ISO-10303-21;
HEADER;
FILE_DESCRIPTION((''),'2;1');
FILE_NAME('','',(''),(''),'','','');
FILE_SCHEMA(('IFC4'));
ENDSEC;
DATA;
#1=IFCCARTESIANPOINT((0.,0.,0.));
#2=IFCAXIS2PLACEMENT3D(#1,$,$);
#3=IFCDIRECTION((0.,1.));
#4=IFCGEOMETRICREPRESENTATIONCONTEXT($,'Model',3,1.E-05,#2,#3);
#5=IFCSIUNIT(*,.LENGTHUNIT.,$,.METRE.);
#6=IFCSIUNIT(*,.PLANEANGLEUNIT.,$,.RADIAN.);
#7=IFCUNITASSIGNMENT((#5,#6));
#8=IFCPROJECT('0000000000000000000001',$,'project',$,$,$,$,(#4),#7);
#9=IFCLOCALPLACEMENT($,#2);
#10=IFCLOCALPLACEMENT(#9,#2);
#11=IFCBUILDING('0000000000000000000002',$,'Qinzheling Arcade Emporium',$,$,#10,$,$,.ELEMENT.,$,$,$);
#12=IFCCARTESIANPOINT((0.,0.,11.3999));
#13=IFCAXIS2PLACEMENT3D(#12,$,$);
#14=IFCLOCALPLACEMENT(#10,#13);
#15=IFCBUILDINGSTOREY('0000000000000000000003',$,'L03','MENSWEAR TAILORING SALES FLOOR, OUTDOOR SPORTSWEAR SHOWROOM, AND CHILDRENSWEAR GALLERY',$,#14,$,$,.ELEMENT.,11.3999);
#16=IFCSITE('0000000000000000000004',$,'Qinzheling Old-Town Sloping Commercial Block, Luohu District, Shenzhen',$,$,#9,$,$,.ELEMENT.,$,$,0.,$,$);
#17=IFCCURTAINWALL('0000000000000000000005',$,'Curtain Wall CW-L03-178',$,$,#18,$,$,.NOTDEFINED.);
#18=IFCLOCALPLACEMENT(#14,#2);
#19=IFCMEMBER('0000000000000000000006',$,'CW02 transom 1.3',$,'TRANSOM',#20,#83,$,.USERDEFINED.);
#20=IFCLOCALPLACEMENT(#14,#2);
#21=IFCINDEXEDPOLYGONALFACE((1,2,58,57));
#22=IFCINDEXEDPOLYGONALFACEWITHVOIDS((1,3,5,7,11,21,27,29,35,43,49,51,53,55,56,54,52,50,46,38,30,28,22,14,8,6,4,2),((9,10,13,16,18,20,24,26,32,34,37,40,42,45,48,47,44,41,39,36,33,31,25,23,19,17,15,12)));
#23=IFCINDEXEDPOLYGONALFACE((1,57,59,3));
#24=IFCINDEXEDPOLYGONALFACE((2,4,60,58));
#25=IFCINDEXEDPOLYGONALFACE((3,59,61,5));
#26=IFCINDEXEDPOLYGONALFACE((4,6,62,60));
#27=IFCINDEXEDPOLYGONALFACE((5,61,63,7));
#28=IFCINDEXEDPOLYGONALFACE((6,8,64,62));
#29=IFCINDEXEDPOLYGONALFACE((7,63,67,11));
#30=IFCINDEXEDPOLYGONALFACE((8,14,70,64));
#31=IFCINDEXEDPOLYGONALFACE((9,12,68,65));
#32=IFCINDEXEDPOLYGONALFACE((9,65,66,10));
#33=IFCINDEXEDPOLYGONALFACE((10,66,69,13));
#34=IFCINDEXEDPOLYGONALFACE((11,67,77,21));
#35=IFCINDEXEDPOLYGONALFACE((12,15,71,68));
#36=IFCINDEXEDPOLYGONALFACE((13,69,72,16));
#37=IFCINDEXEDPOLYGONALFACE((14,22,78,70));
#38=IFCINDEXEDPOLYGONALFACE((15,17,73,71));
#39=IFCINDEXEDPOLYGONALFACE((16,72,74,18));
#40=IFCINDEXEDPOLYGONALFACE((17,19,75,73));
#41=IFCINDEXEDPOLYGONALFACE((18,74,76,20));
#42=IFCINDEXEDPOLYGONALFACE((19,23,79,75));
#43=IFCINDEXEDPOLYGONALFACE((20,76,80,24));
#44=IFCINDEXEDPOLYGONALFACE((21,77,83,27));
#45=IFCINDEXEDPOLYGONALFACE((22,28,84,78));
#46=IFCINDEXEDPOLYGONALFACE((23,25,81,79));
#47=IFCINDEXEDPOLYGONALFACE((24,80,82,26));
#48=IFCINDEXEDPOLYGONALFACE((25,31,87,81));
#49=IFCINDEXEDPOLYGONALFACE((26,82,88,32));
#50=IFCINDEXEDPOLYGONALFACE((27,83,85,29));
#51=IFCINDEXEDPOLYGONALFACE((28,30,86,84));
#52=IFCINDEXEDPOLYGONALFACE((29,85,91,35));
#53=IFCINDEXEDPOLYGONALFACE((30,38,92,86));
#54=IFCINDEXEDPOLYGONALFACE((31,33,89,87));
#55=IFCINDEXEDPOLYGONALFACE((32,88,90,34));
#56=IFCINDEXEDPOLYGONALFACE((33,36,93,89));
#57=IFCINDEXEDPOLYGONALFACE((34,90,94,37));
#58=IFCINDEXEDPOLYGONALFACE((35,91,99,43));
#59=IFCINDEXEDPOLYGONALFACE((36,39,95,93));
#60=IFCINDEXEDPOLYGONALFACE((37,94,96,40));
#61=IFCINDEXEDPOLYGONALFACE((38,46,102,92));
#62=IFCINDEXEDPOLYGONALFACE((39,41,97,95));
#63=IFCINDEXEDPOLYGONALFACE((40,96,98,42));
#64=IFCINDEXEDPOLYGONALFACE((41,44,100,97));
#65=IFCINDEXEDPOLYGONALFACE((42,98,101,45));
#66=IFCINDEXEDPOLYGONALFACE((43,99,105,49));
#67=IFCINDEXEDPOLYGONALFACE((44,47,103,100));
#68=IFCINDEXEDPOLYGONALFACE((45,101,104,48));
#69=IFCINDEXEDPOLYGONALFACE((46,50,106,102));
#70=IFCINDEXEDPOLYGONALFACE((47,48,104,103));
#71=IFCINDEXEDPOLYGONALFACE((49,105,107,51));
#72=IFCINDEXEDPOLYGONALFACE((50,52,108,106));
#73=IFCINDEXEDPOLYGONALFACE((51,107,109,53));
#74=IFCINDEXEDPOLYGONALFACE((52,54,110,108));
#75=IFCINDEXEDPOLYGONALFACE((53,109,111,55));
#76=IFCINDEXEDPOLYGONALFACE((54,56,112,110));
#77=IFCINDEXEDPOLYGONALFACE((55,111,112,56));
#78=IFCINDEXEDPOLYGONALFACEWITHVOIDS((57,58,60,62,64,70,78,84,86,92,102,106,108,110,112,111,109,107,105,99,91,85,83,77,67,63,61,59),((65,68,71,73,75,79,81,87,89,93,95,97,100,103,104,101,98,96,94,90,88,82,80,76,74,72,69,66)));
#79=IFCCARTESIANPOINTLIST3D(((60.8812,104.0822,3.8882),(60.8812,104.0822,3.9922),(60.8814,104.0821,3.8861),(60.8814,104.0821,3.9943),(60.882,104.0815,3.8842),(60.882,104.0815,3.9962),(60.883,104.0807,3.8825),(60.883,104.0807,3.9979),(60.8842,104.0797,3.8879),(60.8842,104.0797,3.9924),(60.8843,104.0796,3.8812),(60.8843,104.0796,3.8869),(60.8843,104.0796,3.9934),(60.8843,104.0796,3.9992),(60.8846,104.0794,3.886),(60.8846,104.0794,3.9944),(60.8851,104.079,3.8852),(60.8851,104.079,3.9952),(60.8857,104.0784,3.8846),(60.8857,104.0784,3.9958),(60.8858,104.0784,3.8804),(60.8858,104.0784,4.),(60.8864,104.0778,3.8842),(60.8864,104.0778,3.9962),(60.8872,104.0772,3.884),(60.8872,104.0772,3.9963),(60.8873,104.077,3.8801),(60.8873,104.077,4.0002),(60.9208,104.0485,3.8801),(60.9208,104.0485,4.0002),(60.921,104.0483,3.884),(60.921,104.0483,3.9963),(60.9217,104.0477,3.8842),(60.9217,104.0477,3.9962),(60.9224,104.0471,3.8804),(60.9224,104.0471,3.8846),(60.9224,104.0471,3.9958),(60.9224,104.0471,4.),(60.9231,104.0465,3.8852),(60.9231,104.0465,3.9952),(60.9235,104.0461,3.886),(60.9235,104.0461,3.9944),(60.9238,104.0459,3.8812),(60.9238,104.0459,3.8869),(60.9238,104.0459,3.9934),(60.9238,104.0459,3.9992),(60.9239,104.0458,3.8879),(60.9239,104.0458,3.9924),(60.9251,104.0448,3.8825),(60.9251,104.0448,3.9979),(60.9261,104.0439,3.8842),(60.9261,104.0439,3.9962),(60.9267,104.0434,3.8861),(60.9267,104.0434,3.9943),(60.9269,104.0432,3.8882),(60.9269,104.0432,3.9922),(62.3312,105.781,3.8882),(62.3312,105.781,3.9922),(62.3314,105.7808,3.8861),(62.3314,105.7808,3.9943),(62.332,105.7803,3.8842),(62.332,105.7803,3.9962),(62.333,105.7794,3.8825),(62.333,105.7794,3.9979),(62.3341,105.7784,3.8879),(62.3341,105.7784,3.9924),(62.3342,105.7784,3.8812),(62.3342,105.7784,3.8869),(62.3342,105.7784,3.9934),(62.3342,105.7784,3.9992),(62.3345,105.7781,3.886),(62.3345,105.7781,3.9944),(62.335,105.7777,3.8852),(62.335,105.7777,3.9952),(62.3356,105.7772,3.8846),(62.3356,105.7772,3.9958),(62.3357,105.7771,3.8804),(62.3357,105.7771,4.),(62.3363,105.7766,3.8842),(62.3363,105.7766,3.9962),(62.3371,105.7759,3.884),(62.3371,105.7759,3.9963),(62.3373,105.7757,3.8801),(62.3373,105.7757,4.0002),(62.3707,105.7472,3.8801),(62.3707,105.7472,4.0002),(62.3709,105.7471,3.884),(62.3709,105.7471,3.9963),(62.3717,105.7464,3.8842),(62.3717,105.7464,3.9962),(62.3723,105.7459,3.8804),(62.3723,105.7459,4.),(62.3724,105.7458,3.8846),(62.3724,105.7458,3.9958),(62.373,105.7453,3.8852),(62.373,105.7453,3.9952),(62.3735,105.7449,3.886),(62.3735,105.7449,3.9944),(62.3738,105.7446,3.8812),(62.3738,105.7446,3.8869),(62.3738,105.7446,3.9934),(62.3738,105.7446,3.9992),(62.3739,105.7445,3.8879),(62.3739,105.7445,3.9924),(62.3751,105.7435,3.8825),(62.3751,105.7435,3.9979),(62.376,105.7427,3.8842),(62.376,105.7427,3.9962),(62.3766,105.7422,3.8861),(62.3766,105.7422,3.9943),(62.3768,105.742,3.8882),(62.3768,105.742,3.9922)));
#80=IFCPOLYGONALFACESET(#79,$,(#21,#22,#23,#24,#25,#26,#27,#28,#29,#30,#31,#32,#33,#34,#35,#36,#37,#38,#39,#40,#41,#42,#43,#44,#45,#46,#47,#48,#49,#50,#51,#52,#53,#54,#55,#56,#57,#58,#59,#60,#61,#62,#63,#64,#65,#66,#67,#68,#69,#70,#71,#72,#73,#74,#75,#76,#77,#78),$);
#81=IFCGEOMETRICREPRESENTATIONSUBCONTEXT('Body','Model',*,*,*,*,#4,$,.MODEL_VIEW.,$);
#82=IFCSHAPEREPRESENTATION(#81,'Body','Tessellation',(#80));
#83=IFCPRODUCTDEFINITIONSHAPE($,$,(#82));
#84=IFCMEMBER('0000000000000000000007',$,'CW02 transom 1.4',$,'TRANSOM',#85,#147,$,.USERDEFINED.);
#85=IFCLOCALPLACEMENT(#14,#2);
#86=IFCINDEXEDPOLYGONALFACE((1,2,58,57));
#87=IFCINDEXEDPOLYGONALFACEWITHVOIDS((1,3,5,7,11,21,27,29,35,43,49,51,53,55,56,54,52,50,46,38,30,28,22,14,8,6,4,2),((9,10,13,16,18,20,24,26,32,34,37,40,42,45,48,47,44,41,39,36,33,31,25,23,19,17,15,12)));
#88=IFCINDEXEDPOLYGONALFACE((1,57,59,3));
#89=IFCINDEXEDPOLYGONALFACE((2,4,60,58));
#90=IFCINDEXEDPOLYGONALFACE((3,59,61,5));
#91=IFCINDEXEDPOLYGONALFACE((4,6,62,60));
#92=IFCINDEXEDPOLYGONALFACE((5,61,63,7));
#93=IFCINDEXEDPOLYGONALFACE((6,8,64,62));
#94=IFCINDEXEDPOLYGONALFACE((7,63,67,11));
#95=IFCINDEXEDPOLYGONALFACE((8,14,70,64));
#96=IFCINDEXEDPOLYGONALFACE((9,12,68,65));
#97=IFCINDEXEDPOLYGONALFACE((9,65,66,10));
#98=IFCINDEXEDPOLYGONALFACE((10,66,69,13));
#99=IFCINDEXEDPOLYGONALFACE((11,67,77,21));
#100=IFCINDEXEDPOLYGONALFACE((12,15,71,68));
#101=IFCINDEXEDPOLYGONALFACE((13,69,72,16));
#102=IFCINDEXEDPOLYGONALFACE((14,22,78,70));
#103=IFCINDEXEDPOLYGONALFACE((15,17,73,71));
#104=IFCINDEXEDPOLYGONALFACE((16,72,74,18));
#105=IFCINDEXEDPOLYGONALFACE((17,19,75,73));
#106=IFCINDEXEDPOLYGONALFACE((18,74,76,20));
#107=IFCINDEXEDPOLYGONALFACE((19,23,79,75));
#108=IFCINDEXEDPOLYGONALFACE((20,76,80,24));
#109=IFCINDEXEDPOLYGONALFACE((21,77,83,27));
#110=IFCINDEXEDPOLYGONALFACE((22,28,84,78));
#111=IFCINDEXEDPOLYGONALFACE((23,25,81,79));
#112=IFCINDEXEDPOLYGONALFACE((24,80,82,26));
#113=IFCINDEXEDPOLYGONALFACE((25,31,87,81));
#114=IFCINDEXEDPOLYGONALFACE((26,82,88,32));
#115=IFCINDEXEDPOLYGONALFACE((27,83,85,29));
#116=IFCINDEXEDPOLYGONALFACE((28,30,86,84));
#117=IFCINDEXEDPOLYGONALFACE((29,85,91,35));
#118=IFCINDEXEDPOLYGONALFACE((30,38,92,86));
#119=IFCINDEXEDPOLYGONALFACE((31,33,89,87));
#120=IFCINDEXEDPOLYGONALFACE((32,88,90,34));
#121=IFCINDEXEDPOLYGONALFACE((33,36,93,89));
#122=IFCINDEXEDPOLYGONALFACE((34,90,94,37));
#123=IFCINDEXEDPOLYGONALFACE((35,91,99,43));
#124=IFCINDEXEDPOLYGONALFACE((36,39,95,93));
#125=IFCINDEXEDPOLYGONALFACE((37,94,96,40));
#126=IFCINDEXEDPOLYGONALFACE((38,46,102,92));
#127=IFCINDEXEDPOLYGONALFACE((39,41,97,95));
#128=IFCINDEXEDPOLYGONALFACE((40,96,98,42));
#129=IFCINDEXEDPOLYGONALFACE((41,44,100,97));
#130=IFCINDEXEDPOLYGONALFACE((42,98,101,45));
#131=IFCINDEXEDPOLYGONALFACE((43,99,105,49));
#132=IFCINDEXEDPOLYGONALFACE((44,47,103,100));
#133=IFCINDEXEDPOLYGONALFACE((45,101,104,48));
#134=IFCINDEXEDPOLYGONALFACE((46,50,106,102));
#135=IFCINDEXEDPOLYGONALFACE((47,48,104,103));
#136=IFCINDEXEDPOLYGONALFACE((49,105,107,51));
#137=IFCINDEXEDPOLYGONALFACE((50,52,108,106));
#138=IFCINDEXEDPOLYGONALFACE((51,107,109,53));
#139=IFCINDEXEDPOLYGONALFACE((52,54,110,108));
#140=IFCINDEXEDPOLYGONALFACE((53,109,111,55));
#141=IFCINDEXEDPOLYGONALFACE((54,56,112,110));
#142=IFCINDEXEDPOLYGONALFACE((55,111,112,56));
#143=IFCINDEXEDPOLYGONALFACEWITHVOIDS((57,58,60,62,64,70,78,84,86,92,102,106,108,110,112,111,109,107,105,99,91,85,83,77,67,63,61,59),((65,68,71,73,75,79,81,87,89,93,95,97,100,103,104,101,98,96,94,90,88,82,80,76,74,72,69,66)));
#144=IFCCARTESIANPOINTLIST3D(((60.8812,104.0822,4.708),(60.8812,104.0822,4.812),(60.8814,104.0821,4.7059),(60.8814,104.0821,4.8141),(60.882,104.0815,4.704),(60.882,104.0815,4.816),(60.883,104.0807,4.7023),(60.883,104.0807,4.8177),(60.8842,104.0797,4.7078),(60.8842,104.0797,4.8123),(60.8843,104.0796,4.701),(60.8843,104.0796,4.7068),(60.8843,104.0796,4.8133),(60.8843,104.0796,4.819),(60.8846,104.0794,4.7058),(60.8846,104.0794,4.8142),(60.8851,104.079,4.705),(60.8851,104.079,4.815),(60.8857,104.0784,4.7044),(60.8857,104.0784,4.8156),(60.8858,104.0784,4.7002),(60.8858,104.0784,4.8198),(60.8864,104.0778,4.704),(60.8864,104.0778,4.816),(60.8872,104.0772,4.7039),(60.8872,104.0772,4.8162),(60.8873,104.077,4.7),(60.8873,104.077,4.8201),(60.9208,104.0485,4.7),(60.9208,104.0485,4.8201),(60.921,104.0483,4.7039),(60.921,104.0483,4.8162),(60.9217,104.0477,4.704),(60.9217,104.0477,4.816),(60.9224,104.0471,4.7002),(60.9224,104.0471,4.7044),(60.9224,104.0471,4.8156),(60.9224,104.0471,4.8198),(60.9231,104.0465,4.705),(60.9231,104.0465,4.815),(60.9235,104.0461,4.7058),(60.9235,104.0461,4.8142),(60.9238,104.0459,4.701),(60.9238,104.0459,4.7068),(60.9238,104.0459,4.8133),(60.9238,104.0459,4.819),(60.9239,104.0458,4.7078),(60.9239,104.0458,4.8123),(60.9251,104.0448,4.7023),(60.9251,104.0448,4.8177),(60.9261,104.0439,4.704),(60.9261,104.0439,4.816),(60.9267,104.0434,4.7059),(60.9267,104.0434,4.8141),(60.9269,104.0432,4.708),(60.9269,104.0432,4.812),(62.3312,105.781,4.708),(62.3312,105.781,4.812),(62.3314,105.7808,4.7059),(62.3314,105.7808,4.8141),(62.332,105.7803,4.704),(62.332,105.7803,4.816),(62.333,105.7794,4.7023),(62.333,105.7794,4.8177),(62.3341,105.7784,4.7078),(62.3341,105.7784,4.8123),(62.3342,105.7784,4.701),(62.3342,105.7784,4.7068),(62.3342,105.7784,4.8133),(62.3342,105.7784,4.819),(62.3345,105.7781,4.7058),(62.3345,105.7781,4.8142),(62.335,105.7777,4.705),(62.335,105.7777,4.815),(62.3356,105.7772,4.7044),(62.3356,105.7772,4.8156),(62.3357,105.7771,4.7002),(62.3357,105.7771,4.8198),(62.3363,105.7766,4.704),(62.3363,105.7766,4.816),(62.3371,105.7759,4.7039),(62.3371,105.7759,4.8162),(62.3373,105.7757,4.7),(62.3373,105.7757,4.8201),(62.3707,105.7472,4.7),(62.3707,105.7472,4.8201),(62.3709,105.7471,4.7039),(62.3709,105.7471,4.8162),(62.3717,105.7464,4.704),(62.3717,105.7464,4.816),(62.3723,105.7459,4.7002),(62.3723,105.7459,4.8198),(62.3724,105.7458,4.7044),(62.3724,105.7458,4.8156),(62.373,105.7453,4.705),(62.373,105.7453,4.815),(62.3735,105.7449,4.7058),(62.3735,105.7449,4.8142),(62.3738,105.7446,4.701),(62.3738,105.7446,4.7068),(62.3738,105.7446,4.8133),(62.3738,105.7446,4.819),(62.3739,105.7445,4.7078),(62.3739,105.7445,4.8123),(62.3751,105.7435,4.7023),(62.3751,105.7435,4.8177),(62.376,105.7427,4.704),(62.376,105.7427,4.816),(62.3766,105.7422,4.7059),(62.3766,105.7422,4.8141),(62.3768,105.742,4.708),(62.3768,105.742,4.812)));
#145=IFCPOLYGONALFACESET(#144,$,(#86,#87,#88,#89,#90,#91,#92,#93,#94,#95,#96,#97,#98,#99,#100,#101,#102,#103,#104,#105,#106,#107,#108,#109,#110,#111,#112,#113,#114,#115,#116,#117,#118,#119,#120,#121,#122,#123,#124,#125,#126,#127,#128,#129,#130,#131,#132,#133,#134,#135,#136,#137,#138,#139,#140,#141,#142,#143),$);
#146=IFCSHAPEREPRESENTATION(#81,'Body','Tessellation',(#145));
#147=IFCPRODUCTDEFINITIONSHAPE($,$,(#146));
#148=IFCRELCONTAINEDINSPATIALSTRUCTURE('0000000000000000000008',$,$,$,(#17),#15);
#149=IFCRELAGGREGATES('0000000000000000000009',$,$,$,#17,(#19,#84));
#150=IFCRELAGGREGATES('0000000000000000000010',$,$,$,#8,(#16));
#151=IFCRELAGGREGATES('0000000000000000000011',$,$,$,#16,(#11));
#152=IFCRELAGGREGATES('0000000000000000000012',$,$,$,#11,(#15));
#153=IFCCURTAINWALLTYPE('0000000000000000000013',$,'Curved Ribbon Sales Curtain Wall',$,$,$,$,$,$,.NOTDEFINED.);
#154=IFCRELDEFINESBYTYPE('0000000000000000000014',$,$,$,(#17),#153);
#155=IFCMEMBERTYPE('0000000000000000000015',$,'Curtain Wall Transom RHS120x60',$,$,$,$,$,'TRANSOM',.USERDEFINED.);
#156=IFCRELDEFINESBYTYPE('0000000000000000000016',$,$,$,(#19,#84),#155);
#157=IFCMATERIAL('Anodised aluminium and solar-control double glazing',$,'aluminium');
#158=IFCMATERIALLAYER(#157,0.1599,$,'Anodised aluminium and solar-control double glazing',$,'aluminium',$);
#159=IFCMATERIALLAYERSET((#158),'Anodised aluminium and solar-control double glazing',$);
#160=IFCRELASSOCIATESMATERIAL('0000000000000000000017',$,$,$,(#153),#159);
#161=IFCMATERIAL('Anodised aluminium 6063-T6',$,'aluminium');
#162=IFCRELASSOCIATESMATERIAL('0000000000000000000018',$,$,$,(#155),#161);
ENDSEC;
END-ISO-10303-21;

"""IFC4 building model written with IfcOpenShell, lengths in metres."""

from ifc_helpers import new_model, si_unit, direction, frame, origin, origin_2d, place, context, subcontext, project, spatial, hollow_rectangle, extrude, material, layer, layer_set, material_profile, profile_set, type_object, element, aggregate, save


model = new_model("IFC4")

# Units and contexts
model_context = context("Model", 3, precision=1e-05, world=origin(), true_north=direction((0.0, 1.0)))
body_context = subcontext(model_context, "Body", "Model", "MODEL_VIEW")
ifc_project = project(units=[si_unit("LENGTHUNIT", "METRE"), si_unit("PLANEANGLEUNIT", "RADIAN")], contexts=[model_context])

# Site, building, storey
site_placement = place(None, origin())
site = spatial("IfcSite", under=ifc_project, at=site_placement, Name="Qinzheling Old-Town Sloping Commercial Block, Luohu District, Shenzhen", CompositionType="ELEMENT", RefElevation=0.0)
building_placement = place(site_placement, origin())
building = spatial("IfcBuilding", under=site, at=building_placement, Name="Qinzheling Arcade Emporium", CompositionType="ELEMENT")
storey_placement = place(building_placement, frame((0.0, 0.0, 11.3999)))
storey = spatial("IfcBuildingStorey", under=building, at=storey_placement, Name="L03", Description="MENSWEAR TAILORING SALES FLOOR, OUTDOOR SPORTSWEAR SHOWROOM, AND CHILDRENSWEAR GALLERY", CompositionType="ELEMENT", Elevation=11.3999)

# Shared definitions
ifc_material_1 = material(Name="Anodised aluminium and solar-control double glazing", Category="aluminium")
ifc_layer_1 = layer(ifc_material_1, 0.1599, Name="Anodised aluminium and solar-control double glazing", Category="aluminium")
ifc_layer_set_1 = layer_set([ifc_layer_1], Name="Anodised aluminium and solar-control double glazing")
curtain_wall_type = type_object("IfcCurtainWallType", Name="Curved Ribbon Sales Curtain Wall", PredefinedType="NOTDEFINED", material=ifc_layer_set_1)
ifc_material_2 = material(Name="Anodised aluminium 6063-T6", Category="aluminium")

# Curtain wall
curtain_wall_1_placement = place(storey_placement, origin())
curtain_wall_1 = element("IfcCurtainWall", 1, at=curtain_wall_1_placement, inside=storey, type_object=curtain_wall_type, Name="Curtain Wall CW-L03-178", PredefinedType="NOTDEFINED")

# Members
ifc_material_profile_1 = material_profile(ifc_material_2, hollow_rectangle(XDim=0.0601, YDim=0.1201, WallThickness=0.0039, InnerFilletRadius=0.0039, OuterFilletRadius=0.0081, at=origin_2d()), Name="RHS 120x60x4", Category="aluminium")
ifc_profile_set_1 = profile_set([ifc_material_profile_1], Name="Anodised aluminium 6063-T6")
member_type_1 = type_object("IfcMemberType", Name="Curtain Wall Transom RHS120x60", ElementType="TRANSOM", PredefinedType="USERDEFINED", material=ifc_profile_set_1)
member_1_placement = place(storey_placement, frame((60.9041, 104.0627, 3.9402), z_axis=(0.649215, 0.760605, 0.0), x_axis=(-0.760605, 0.649215, 0.0)))
member_1 = element("IfcMember", 2, at=member_1_placement, type_object=member_type_1, Name="CW02 transom 1.3", ObjectType="TRANSOM", PredefinedType="USERDEFINED", context=body_context, shape_type="SweptSolid", body=[
    extrude(hollow_rectangle(XDim=0.0601, YDim=0.1201, WallThickness=0.0039, InnerFilletRadius=0.0039, OuterFilletRadius=0.0081, at=origin_2d()), origin(), (0.0, 0.0, 1.0), 2.2334),
])
member_2_placement = place(storey_placement, frame((60.9041, 104.0627, 4.76), z_axis=(0.649215, 0.760605, 0.0), x_axis=(-0.760605, 0.649215, 0.0)))
member_2 = element("IfcMember", 3, at=member_2_placement, type_object=member_type_1, Name="CW02 transom 1.4", ObjectType="TRANSOM", PredefinedType="USERDEFINED", context=body_context, shape_type="SweptSolid", body=[
    extrude(hollow_rectangle(XDim=0.0601, YDim=0.1201, WallThickness=0.0039, InnerFilletRadius=0.0039, OuterFilletRadius=0.0081, at=origin_2d()), origin(), (0.0, 0.0, 1.0), 2.2334),
])

aggregate(curtain_wall_1, [member_1, member_2])

save(model, "model.ifc")
